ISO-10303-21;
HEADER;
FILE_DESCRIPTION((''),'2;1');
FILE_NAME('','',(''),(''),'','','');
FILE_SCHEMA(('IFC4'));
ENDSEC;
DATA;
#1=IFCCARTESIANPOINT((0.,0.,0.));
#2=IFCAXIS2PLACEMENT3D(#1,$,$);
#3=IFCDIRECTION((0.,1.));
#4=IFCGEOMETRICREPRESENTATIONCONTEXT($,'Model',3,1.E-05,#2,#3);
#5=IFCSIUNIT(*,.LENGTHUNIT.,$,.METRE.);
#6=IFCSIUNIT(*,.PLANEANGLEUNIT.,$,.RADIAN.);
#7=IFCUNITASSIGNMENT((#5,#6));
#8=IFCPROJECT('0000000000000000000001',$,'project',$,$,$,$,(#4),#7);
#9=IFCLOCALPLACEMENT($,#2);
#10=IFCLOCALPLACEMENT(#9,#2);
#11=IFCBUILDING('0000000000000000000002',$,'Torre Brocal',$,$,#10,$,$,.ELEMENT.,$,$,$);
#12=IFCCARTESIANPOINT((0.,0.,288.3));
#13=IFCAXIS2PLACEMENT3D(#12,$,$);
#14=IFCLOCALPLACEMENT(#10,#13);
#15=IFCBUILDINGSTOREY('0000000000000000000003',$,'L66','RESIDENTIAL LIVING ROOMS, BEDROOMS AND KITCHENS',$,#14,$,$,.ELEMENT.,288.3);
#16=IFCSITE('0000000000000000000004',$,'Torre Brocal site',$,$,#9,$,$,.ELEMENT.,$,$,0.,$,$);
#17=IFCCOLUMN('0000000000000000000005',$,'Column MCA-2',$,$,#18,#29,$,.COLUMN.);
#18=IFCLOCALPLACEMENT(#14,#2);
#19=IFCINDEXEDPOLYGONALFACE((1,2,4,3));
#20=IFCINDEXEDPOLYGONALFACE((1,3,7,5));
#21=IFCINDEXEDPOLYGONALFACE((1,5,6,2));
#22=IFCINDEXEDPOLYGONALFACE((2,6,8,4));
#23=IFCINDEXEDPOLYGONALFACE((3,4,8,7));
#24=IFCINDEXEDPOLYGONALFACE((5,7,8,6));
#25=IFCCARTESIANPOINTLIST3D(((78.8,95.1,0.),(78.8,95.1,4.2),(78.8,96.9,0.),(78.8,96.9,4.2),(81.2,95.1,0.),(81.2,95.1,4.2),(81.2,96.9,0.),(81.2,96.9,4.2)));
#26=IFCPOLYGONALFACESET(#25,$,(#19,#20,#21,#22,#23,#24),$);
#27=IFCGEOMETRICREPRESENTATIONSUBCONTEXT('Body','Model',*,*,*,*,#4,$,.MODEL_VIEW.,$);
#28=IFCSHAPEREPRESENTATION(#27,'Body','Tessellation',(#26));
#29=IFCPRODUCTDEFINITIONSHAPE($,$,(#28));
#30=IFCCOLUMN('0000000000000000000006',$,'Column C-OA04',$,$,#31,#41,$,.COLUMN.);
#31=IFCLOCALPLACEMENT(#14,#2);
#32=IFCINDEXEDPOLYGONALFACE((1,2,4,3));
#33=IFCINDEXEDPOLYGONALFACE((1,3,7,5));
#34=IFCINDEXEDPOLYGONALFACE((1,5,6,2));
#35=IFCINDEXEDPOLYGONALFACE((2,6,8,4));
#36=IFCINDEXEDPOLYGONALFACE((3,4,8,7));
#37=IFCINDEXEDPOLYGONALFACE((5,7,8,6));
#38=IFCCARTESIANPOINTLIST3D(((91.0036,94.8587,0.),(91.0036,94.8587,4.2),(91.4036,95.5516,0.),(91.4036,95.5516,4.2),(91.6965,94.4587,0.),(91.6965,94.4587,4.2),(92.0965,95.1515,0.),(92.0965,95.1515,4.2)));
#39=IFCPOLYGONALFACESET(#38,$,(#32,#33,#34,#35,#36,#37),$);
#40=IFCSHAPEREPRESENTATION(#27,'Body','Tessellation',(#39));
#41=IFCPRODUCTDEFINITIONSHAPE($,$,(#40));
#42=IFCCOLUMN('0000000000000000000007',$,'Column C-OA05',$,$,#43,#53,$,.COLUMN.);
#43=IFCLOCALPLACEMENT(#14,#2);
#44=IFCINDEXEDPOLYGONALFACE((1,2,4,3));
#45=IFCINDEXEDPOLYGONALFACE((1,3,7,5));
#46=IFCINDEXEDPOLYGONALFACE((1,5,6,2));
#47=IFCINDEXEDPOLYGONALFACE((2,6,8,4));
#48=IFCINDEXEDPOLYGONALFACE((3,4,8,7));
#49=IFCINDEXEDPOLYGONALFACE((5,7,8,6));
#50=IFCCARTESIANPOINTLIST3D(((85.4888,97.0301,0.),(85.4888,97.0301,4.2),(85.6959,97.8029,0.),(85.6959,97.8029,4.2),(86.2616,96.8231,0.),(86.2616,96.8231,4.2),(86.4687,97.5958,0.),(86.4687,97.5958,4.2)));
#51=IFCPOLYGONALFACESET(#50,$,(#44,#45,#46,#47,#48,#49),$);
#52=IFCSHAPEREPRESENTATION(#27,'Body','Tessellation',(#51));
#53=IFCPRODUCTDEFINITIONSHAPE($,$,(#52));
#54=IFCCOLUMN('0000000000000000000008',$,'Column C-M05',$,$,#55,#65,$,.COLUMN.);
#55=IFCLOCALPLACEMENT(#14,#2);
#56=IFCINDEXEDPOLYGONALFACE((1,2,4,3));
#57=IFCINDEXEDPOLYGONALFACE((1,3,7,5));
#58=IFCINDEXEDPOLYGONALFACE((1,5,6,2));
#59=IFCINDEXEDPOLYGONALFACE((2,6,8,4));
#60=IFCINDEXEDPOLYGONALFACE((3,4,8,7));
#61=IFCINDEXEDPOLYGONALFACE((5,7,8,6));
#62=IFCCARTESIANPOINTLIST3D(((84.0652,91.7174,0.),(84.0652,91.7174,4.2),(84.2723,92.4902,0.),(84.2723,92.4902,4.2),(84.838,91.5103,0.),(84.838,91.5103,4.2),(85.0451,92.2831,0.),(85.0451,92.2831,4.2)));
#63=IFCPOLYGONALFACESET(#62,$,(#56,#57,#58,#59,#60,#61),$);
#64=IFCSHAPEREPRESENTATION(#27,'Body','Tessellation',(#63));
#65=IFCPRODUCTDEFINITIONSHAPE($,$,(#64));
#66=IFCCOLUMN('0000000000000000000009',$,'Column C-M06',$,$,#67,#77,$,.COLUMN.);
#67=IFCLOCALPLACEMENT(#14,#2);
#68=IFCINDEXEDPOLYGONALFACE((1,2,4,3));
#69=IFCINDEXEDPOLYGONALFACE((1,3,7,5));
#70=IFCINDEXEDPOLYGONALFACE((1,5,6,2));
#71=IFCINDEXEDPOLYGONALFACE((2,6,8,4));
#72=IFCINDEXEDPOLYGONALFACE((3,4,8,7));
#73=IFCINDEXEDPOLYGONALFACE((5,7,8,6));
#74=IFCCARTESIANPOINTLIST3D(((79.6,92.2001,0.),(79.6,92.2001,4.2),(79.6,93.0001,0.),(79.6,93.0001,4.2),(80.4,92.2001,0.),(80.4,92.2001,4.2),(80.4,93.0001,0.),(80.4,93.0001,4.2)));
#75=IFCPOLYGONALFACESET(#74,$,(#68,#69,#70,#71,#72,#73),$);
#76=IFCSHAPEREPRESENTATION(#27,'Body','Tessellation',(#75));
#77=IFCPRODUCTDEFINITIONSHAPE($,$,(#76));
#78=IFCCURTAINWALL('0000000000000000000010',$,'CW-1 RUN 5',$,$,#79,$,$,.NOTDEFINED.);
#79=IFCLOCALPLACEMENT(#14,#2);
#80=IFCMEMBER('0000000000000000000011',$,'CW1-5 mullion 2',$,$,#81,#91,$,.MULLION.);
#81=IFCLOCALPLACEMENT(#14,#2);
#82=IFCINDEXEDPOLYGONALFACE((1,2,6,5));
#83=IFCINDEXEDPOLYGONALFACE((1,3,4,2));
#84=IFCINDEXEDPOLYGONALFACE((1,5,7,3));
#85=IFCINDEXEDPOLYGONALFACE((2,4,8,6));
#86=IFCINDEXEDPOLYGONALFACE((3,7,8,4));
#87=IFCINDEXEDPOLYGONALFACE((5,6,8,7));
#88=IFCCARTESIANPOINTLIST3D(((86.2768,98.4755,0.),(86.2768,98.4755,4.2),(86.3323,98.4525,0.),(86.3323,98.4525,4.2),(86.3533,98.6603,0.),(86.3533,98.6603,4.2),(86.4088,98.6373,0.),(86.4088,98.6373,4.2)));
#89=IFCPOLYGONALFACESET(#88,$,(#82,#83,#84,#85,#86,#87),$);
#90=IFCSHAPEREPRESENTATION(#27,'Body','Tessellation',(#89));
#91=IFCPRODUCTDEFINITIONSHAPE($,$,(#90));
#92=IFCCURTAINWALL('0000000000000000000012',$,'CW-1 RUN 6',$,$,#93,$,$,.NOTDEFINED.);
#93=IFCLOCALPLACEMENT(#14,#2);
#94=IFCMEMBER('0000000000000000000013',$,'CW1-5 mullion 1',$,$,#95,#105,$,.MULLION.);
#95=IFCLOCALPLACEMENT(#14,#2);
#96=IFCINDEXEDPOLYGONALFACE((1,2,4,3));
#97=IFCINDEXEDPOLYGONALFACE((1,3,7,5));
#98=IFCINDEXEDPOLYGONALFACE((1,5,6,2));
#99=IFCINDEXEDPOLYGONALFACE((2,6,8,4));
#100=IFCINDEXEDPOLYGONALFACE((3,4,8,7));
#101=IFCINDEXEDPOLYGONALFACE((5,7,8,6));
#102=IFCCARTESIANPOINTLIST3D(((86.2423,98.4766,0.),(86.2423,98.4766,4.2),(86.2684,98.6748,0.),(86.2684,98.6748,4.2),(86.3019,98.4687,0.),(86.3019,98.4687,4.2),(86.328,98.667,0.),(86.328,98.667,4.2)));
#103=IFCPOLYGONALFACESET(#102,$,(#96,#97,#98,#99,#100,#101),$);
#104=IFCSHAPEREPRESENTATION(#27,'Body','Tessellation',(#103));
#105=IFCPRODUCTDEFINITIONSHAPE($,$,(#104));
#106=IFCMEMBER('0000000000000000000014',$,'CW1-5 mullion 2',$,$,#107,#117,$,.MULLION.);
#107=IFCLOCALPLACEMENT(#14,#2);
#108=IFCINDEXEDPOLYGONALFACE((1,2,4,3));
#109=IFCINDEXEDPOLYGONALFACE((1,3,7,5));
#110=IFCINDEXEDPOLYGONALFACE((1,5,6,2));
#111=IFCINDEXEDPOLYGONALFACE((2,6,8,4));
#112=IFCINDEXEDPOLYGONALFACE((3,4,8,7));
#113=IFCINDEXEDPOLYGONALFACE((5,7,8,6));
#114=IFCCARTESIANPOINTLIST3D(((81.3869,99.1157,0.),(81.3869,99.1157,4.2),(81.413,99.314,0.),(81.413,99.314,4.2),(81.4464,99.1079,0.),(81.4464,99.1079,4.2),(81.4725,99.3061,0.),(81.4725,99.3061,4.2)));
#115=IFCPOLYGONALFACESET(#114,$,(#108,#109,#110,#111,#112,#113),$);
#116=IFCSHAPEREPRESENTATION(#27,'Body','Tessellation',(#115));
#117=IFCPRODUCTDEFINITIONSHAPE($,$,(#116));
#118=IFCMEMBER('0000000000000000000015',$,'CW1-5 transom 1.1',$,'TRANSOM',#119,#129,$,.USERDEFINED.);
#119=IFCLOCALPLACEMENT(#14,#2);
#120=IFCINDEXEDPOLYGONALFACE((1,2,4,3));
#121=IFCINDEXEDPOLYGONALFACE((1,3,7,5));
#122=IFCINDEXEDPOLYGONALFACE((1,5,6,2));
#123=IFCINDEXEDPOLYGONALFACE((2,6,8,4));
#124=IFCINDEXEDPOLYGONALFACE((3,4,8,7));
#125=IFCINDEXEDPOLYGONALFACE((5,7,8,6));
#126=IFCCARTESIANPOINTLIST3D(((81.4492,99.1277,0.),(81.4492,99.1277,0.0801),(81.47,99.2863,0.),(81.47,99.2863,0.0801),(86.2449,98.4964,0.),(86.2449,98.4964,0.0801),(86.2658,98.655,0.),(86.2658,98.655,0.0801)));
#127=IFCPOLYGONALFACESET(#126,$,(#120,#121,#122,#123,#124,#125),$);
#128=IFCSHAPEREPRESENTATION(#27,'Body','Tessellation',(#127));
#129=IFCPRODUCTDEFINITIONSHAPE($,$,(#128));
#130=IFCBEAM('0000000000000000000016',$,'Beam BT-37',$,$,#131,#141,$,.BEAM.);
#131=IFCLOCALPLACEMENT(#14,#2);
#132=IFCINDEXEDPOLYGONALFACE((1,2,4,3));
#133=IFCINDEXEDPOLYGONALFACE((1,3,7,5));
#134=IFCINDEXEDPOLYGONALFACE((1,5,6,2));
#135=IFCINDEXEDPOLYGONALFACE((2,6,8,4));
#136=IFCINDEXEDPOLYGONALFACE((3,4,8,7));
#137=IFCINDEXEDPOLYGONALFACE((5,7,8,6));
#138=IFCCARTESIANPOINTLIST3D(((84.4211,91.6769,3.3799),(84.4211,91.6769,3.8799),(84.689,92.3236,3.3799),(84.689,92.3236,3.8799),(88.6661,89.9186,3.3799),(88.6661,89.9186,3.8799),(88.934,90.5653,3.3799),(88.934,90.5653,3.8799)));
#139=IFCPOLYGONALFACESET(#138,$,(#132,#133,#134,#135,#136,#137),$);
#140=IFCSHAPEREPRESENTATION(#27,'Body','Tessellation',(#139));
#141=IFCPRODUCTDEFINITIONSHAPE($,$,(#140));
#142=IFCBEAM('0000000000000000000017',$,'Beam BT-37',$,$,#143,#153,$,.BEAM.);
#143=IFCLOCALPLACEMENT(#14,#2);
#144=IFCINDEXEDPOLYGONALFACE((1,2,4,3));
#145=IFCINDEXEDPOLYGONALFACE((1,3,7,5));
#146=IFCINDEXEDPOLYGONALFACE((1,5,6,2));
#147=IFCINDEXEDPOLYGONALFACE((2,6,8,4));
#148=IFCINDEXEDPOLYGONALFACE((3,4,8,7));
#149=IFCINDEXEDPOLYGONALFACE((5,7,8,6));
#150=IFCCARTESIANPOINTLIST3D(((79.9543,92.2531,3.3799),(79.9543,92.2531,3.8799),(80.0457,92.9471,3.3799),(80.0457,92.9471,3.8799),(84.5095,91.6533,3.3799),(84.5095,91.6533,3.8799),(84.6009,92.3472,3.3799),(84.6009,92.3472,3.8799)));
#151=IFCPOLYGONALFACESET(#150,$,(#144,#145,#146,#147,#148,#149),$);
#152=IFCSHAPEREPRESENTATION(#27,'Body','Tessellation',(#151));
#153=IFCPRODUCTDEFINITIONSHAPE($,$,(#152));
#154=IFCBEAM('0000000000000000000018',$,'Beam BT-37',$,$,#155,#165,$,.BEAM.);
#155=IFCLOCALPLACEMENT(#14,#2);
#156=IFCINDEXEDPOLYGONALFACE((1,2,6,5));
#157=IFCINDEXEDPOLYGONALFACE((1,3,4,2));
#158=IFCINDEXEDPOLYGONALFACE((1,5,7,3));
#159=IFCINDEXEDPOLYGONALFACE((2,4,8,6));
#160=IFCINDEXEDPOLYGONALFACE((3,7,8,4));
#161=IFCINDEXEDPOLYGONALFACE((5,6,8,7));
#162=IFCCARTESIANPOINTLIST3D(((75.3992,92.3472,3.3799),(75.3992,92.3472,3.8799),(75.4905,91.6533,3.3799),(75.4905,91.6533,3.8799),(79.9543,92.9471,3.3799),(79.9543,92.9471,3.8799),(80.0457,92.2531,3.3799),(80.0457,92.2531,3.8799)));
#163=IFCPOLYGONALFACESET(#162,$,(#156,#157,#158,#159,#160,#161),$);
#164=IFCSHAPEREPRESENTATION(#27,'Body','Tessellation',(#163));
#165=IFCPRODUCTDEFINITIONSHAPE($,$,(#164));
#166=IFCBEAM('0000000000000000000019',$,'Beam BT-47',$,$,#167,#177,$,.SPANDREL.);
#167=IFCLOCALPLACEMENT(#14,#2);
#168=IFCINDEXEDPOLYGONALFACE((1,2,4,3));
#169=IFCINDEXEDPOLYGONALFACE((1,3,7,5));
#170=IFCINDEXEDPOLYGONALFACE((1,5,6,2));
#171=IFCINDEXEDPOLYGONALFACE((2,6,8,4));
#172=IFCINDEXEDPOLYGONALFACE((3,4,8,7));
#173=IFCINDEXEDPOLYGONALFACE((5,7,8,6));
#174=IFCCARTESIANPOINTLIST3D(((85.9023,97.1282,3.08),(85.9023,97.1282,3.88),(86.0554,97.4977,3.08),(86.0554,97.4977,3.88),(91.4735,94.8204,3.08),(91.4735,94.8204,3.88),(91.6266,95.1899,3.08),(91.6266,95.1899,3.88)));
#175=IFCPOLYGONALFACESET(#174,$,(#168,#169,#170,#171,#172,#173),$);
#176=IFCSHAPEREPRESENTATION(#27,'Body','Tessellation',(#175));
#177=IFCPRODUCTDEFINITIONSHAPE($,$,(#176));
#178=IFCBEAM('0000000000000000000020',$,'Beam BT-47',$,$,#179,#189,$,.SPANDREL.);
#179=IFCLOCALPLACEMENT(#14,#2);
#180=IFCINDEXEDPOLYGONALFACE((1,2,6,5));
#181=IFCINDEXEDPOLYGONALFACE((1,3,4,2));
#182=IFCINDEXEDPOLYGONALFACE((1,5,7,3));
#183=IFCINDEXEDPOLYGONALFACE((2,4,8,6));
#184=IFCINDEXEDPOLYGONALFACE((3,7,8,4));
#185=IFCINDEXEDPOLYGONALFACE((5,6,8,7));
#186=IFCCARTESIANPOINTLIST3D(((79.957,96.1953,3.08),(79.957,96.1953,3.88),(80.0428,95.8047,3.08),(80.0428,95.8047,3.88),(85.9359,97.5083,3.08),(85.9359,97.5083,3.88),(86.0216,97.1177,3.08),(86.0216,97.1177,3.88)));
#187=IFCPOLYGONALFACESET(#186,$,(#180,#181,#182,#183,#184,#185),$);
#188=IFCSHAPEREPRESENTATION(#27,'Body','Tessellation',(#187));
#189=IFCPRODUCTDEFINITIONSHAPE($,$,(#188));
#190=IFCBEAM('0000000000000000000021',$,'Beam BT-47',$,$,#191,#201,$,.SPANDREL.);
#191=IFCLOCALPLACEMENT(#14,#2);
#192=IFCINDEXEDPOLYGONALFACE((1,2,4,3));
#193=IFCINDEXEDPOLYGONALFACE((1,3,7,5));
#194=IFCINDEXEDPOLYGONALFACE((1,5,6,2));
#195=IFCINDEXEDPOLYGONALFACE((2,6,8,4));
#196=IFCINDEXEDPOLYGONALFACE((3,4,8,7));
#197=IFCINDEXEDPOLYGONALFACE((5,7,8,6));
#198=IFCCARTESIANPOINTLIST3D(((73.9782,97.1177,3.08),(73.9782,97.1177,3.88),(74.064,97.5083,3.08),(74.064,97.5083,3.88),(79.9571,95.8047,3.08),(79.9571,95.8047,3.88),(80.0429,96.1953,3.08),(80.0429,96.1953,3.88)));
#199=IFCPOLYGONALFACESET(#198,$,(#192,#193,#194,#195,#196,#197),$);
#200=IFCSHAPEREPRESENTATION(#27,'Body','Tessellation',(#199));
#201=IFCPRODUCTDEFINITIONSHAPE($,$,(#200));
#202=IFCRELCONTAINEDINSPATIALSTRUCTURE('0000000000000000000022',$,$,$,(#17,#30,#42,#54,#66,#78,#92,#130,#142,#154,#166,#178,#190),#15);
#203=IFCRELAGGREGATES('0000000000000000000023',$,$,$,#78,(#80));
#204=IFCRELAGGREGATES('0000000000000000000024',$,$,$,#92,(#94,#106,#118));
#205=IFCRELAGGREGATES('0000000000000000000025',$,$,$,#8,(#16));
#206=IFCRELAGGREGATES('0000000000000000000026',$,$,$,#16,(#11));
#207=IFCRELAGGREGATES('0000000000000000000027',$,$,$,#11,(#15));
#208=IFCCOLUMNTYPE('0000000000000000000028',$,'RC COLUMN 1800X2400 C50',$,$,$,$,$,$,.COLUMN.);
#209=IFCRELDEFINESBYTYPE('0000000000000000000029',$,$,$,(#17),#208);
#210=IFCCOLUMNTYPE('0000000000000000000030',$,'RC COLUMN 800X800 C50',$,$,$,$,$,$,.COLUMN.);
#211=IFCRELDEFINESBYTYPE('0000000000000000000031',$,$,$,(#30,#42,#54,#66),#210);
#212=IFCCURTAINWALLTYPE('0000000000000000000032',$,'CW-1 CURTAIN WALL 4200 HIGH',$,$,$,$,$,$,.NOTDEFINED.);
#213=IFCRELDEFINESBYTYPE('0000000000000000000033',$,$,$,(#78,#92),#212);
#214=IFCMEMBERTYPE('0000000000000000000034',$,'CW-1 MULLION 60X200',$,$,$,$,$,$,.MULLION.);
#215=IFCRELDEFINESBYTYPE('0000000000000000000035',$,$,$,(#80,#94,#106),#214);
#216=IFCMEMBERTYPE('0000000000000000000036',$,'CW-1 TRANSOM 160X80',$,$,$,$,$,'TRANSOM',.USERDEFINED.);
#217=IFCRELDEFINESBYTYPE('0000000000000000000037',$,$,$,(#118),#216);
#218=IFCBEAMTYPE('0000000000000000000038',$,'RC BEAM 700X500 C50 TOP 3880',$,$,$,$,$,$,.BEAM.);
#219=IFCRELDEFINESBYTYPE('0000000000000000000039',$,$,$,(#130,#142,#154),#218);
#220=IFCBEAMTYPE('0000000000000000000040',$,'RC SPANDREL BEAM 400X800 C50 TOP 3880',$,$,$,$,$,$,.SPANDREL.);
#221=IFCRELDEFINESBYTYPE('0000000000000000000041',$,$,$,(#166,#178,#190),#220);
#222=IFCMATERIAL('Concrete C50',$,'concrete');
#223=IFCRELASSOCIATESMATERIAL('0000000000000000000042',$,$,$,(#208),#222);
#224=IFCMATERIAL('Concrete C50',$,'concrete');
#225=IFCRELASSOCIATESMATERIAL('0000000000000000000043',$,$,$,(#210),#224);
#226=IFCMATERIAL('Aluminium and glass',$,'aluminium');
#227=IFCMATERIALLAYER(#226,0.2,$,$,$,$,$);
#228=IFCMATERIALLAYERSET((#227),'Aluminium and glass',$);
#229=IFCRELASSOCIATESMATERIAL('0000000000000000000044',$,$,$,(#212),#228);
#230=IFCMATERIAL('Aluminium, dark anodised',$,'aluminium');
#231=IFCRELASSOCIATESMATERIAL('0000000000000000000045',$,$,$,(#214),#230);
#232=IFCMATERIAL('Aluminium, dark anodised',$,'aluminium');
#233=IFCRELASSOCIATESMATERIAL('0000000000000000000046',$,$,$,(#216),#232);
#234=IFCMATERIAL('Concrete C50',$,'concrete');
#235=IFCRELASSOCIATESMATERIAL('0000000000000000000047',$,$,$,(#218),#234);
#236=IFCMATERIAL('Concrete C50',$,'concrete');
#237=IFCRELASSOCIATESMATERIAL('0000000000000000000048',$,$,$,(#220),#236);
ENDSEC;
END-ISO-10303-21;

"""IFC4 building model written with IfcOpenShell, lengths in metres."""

from ifc_helpers import new_model, si_unit, direction, frame, origin, origin_2d, place, context, subcontext, project, spatial, rectangle, extrude, material, layer, layer_set, material_profile, profile_set, type_object, element, aggregate, save


model = new_model("IFC4")

# Units and contexts
model_context = context("Model", 3, precision=1e-05, world=origin(), true_north=direction((0.0, 1.0)))
body_context = subcontext(model_context, "Body", "Model", "MODEL_VIEW")
ifc_project = project(units=[si_unit("LENGTHUNIT", "METRE"), si_unit("PLANEANGLEUNIT", "RADIAN")], contexts=[model_context])

# Site, building, storey
site_placement = place(None, origin())
site = spatial("IfcSite", under=ifc_project, at=site_placement, Name="Torre Brocal site", CompositionType="ELEMENT", RefElevation=0.0)
building_placement = place(site_placement, origin())
building = spatial("IfcBuilding", under=site, at=building_placement, Name="Torre Brocal", CompositionType="ELEMENT")
storey_placement = place(building_placement, frame((0.0, 0.0, 288.3)))
storey = spatial("IfcBuildingStorey", under=building, at=storey_placement, Name="L66", Description="RESIDENTIAL LIVING ROOMS, BEDROOMS AND KITCHENS", CompositionType="ELEMENT", Elevation=288.3)

# Columns
ifc_material_1 = material(Name="Concrete C50", Category="concrete")
ifc_material_profile_1 = material_profile(ifc_material_1, rectangle(XDim=1.8, YDim=2.3999, at=origin_2d()), Name="RC 1800X2400")
ifc_profile_set_1 = profile_set([ifc_material_profile_1], Name="Concrete C50")
column_type_1 = type_object("IfcColumnType", Name="RC COLUMN 1800X2400 C50", PredefinedType="COLUMN", material=ifc_profile_set_1)
column_placement = place(storey_placement, frame((80.0, 96.0, 0.0), z_axis=(0.0, 0.0, 1.0), x_axis=(0.0, 1.0, 0.0)))
element("IfcColumn", 1, at=column_placement, inside=storey, type_object=column_type_1, Name="Column MCA-2", PredefinedType="COLUMN", context=body_context, shape_type="SweptSolid", body=[
    extrude(rectangle(XDim=1.8, YDim=2.3999, at=origin_2d()), origin(), (0.0, 0.0, 1.0), 4.2),
])
ifc_material_2 = material(Name="Concrete C50", Category="concrete")
ifc_material_profile_2 = material_profile(ifc_material_2, rectangle(XDim=0.8, YDim=0.8, at=origin_2d()), Name="RC 800X800")
ifc_profile_set_2 = profile_set([ifc_material_profile_2], Name="Concrete C50")
column_type_2 = type_object("IfcColumnType", Name="RC COLUMN 800X800 C50", PredefinedType="COLUMN", material=ifc_profile_set_2)
for number, where, z_axis, x_axis, name in (
    (2, (91.55, 95.0051, 0.0), (0.0, 0.0, 1.0), (0.5, 0.866025, 0.0), "Column C-OA04"),
    (3, (85.9788, 97.313, 0.0), (0.0, 0.0, 1.0), (0.258819, 0.965926, 0.0), "Column C-OA05"),
    (4, (84.5552, 92.0002, 0.0), (0.0, 0.0, 1.0), (0.258819, 0.965926, 0.0), "Column C-M05"),
    (5, (80.0, 92.6001, 0.0), (0.0, 0.0, 1.0), (0.0, 1.0, 0.0), "Column C-M06"),
):
    element("IfcColumn", number, at=place(storey_placement, frame(where, z_axis=z_axis, x_axis=x_axis)), inside=storey, type_object=column_type_2, Name=name, PredefinedType="COLUMN", context=body_context, shape_type="SweptSolid", body=[
        extrude(rectangle(XDim=0.8, YDim=0.8, at=origin_2d()), origin(), (0.0, 0.0, 1.0), 4.2),
    ])

# Curtain wall, member
ifc_material_3 = material(Name="Aluminium and glass", Category="aluminium")
ifc_layer_1 = layer(ifc_material_3, 0.2)
ifc_layer_set_1 = layer_set([ifc_layer_1], Name="Aluminium and glass")
curtain_wall_type = type_object("IfcCurtainWallType", Name="CW-1 CURTAIN WALL 4200 HIGH", PredefinedType="NOTDEFINED", material=ifc_layer_set_1)
curtain_wall_1_placement = place(storey_placement, origin())
curtain_wall_1 = element("IfcCurtainWall", 6, at=curtain_wall_1_placement, inside=storey, type_object=curtain_wall_type, Name="CW-1 RUN 5", PredefinedType="NOTDEFINED")
ifc_material_4 = material(Name="Aluminium, dark anodised", Category="aluminium")
ifc_material_profile_3 = material_profile(ifc_material_4, rectangle(XDim=0.2, YDim=0.0601, at=origin_2d()), Name="CW-1 MULLION 60X200")
ifc_profile_set_3 = profile_set([ifc_material_profile_3], Name="Aluminium, dark anodised")
member_type_1 = type_object("IfcMemberType", Name="CW-1 MULLION 60X200", PredefinedType="MULLION", material=ifc_profile_set_3)
member_1_placement = place(storey_placement, frame((86.3428, 98.5564, 0.0), z_axis=(0.0, 0.0, 1.0), x_axis=(-0.382683, -0.92388, 0.0)))
member_1 = element("IfcMember", 7, at=member_1_placement, type_object=member_type_1, Name="CW1-5 mullion 2", PredefinedType="MULLION", context=body_context, shape_type="SweptSolid", body=[
    extrude(rectangle(XDim=0.2, YDim=0.0601, at=origin_2d()), origin(), (0.0, 0.0, 1.0), 4.2),
])

# Curtain wall, members
curtain_wall_2_placement = place(storey_placement, origin())
curtain_wall_2 = element("IfcCurtainWall", 8, at=curtain_wall_2_placement, inside=storey, type_object=curtain_wall_type, Name="CW-1 RUN 6", PredefinedType="NOTDEFINED")
member_2_placement = place(storey_placement, frame((86.2852, 98.5718, 0.0), z_axis=(0.0, 0.0, 1.0), x_axis=(-0.130526, -0.991445, 0.0)))
member_2 = element("IfcMember", 9, at=member_2_placement, type_object=member_type_1, Name="CW1-5 mullion 1", PredefinedType="MULLION", context=body_context, shape_type="SweptSolid", body=[
    extrude(rectangle(XDim=0.2, YDim=0.0601, at=origin_2d()), origin(), (0.0, 0.0, 1.0), 4.2),
])
member_3_placement = place(storey_placement, frame((81.4297, 99.2109, 0.0), z_axis=(0.0, 0.0, 1.0), x_axis=(-0.130526, -0.991445, 0.0)))
member_3 = element("IfcMember", 10, at=member_3_placement, type_object=member_type_1, Name="CW1-5 mullion 2", PredefinedType="MULLION", context=body_context, shape_type="SweptSolid", body=[
    extrude(rectangle(XDim=0.2, YDim=0.0601, at=origin_2d()), origin(), (0.0, 0.0, 1.0), 4.2),
])
ifc_material_5 = material(Name="Aluminium, dark anodised", Category="aluminium")
ifc_material_profile_4 = material_profile(ifc_material_5, rectangle(XDim=0.1599, YDim=0.0801, at=origin_2d()), Name="CW-1 TRANSOM 160X80")
ifc_profile_set_4 = profile_set([ifc_material_profile_4], Name="Aluminium, dark anodised")
member_type_2 = type_object("IfcMemberType", Name="CW-1 TRANSOM 160X80", ElementType="TRANSOM", PredefinedType="USERDEFINED", material=ifc_profile_set_4)
member_4_placement = place(storey_placement, frame((86.2554, 98.5757, 0.04), z_axis=(-0.991446, 0.130517, 0.0), x_axis=(-0.130517, -0.991446, 0.0)))
member_4 = element("IfcMember", 11, at=member_4_placement, type_object=member_type_2, Name="CW1-5 transom 1.1", ObjectType="TRANSOM", PredefinedType="USERDEFINED", context=body_context, shape_type="SweptSolid", body=[
    extrude(rectangle(XDim=0.1599, YDim=0.0801, at=origin_2d()), origin(), (0.0, 0.0, 1.0), 4.8372),
])

# Beams
ifc_material_6 = material(Name="Concrete C50", Category="concrete")
ifc_material_profile_5 = material_profile(ifc_material_6, rectangle(XDim=0.7, YDim=0.5, at=origin_2d()), Name="RC 700X500")
ifc_profile_set_5 = profile_set([ifc_material_profile_5], Name="Concrete C50")
beam_type_1 = type_object("IfcBeamType", Name="RC BEAM 700X500 C50 TOP 3880", PredefinedType="BEAM", material=ifc_profile_set_5)
beam_1_placement = place(storey_placement, frame((88.8, 90.2419, 3.6299), z_axis=(-0.923878, 0.382687, 0.0), x_axis=(-0.382687, -0.923878, 0.0)))
element("IfcBeam", 12, at=beam_1_placement, inside=storey, type_object=beam_type_1, Name="Beam BT-37", PredefinedType="BEAM", context=body_context, shape_type="SweptSolid", body=[
    extrude(rectangle(XDim=0.7, YDim=0.5, at=origin_2d()), origin(), (0.0, 0.0, 1.0), 4.5947),
])
for number, where, z_axis, x_axis, name in (
    (13, (84.5552, 92.0002, 3.6299), (-0.991441, 0.130559, 0.0), (-0.130559, -0.991441, 0.0), "Beam BT-37"),
    (14, (80.0, 92.6001, 3.6299), (-0.991441, -0.130559, 0.0), (0.130559, -0.991441, 0.0), "Beam BT-37"),
):
    element("IfcBeam", number, at=place(storey_placement, frame(where, z_axis=z_axis, x_axis=x_axis)), inside=storey, type_object=beam_type_1, Name=name, PredefinedType="BEAM", context=body_context, shape_type="SweptSolid", body=[
        extrude(rectangle(XDim=0.7, YDim=0.5, at=origin_2d()), origin(), (0.0, 0.0, 1.0), 4.5945),
    ])
ifc_material_7 = material(Name="Concrete C50", Category="concrete")
ifc_material_profile_6 = material_profile(ifc_material_7, rectangle(XDim=0.3999, YDim=0.8, at=origin_2d()), Name="RC 400X800")
ifc_profile_set_6 = profile_set([ifc_material_profile_6], Name="Concrete C50")
beam_type_2 = type_object("IfcBeamType", Name="RC SPANDREL BEAM 400X800 C50 TOP 3880", PredefinedType="SPANDREL", material=ifc_profile_set_6)
beam_2_placement = place(storey_placement, frame((91.55, 95.0051, 3.48), z_axis=(-0.92387, 0.382706, 0.0), x_axis=(-0.382706, -0.92387, 0.0)))
element("IfcBeam", 15, at=beam_2_placement, inside=storey, type_object=beam_type_2, Name="Beam BT-47", PredefinedType="SPANDREL", context=body_context, shape_type="SweptSolid", body=[
    extrude(rectangle(XDim=0.3999, YDim=0.8, at=origin_2d()), origin(), (0.0, 0.0, 1.0), 6.0303),
])
for number, where, z_axis, x_axis, name in (
    (16, (85.9788, 97.313, 3.48), (-0.976725, -0.214497, 0.0), (0.214497, -0.976725, 0.0), "Beam BT-47"),
    (17, (80.0, 96.0, 3.48), (-0.976725, 0.214497, 0.0), (-0.214497, -0.976725, 0.0), "Beam BT-47"),
):
    element("IfcBeam", number, at=place(storey_placement, frame(where, z_axis=z_axis, x_axis=x_axis)), inside=storey, type_object=beam_type_2, Name=name, PredefinedType="SPANDREL", context=body_context, shape_type="SweptSolid", body=[
        extrude(rectangle(XDim=0.3999, YDim=0.8, at=origin_2d()), origin(), (0.0, 0.0, 1.0), 6.1213),
    ])

aggregate(curtain_wall_1, [member_1])
aggregate(curtain_wall_2, [member_2, member_3, member_4])

save(model, "model.ifc")
